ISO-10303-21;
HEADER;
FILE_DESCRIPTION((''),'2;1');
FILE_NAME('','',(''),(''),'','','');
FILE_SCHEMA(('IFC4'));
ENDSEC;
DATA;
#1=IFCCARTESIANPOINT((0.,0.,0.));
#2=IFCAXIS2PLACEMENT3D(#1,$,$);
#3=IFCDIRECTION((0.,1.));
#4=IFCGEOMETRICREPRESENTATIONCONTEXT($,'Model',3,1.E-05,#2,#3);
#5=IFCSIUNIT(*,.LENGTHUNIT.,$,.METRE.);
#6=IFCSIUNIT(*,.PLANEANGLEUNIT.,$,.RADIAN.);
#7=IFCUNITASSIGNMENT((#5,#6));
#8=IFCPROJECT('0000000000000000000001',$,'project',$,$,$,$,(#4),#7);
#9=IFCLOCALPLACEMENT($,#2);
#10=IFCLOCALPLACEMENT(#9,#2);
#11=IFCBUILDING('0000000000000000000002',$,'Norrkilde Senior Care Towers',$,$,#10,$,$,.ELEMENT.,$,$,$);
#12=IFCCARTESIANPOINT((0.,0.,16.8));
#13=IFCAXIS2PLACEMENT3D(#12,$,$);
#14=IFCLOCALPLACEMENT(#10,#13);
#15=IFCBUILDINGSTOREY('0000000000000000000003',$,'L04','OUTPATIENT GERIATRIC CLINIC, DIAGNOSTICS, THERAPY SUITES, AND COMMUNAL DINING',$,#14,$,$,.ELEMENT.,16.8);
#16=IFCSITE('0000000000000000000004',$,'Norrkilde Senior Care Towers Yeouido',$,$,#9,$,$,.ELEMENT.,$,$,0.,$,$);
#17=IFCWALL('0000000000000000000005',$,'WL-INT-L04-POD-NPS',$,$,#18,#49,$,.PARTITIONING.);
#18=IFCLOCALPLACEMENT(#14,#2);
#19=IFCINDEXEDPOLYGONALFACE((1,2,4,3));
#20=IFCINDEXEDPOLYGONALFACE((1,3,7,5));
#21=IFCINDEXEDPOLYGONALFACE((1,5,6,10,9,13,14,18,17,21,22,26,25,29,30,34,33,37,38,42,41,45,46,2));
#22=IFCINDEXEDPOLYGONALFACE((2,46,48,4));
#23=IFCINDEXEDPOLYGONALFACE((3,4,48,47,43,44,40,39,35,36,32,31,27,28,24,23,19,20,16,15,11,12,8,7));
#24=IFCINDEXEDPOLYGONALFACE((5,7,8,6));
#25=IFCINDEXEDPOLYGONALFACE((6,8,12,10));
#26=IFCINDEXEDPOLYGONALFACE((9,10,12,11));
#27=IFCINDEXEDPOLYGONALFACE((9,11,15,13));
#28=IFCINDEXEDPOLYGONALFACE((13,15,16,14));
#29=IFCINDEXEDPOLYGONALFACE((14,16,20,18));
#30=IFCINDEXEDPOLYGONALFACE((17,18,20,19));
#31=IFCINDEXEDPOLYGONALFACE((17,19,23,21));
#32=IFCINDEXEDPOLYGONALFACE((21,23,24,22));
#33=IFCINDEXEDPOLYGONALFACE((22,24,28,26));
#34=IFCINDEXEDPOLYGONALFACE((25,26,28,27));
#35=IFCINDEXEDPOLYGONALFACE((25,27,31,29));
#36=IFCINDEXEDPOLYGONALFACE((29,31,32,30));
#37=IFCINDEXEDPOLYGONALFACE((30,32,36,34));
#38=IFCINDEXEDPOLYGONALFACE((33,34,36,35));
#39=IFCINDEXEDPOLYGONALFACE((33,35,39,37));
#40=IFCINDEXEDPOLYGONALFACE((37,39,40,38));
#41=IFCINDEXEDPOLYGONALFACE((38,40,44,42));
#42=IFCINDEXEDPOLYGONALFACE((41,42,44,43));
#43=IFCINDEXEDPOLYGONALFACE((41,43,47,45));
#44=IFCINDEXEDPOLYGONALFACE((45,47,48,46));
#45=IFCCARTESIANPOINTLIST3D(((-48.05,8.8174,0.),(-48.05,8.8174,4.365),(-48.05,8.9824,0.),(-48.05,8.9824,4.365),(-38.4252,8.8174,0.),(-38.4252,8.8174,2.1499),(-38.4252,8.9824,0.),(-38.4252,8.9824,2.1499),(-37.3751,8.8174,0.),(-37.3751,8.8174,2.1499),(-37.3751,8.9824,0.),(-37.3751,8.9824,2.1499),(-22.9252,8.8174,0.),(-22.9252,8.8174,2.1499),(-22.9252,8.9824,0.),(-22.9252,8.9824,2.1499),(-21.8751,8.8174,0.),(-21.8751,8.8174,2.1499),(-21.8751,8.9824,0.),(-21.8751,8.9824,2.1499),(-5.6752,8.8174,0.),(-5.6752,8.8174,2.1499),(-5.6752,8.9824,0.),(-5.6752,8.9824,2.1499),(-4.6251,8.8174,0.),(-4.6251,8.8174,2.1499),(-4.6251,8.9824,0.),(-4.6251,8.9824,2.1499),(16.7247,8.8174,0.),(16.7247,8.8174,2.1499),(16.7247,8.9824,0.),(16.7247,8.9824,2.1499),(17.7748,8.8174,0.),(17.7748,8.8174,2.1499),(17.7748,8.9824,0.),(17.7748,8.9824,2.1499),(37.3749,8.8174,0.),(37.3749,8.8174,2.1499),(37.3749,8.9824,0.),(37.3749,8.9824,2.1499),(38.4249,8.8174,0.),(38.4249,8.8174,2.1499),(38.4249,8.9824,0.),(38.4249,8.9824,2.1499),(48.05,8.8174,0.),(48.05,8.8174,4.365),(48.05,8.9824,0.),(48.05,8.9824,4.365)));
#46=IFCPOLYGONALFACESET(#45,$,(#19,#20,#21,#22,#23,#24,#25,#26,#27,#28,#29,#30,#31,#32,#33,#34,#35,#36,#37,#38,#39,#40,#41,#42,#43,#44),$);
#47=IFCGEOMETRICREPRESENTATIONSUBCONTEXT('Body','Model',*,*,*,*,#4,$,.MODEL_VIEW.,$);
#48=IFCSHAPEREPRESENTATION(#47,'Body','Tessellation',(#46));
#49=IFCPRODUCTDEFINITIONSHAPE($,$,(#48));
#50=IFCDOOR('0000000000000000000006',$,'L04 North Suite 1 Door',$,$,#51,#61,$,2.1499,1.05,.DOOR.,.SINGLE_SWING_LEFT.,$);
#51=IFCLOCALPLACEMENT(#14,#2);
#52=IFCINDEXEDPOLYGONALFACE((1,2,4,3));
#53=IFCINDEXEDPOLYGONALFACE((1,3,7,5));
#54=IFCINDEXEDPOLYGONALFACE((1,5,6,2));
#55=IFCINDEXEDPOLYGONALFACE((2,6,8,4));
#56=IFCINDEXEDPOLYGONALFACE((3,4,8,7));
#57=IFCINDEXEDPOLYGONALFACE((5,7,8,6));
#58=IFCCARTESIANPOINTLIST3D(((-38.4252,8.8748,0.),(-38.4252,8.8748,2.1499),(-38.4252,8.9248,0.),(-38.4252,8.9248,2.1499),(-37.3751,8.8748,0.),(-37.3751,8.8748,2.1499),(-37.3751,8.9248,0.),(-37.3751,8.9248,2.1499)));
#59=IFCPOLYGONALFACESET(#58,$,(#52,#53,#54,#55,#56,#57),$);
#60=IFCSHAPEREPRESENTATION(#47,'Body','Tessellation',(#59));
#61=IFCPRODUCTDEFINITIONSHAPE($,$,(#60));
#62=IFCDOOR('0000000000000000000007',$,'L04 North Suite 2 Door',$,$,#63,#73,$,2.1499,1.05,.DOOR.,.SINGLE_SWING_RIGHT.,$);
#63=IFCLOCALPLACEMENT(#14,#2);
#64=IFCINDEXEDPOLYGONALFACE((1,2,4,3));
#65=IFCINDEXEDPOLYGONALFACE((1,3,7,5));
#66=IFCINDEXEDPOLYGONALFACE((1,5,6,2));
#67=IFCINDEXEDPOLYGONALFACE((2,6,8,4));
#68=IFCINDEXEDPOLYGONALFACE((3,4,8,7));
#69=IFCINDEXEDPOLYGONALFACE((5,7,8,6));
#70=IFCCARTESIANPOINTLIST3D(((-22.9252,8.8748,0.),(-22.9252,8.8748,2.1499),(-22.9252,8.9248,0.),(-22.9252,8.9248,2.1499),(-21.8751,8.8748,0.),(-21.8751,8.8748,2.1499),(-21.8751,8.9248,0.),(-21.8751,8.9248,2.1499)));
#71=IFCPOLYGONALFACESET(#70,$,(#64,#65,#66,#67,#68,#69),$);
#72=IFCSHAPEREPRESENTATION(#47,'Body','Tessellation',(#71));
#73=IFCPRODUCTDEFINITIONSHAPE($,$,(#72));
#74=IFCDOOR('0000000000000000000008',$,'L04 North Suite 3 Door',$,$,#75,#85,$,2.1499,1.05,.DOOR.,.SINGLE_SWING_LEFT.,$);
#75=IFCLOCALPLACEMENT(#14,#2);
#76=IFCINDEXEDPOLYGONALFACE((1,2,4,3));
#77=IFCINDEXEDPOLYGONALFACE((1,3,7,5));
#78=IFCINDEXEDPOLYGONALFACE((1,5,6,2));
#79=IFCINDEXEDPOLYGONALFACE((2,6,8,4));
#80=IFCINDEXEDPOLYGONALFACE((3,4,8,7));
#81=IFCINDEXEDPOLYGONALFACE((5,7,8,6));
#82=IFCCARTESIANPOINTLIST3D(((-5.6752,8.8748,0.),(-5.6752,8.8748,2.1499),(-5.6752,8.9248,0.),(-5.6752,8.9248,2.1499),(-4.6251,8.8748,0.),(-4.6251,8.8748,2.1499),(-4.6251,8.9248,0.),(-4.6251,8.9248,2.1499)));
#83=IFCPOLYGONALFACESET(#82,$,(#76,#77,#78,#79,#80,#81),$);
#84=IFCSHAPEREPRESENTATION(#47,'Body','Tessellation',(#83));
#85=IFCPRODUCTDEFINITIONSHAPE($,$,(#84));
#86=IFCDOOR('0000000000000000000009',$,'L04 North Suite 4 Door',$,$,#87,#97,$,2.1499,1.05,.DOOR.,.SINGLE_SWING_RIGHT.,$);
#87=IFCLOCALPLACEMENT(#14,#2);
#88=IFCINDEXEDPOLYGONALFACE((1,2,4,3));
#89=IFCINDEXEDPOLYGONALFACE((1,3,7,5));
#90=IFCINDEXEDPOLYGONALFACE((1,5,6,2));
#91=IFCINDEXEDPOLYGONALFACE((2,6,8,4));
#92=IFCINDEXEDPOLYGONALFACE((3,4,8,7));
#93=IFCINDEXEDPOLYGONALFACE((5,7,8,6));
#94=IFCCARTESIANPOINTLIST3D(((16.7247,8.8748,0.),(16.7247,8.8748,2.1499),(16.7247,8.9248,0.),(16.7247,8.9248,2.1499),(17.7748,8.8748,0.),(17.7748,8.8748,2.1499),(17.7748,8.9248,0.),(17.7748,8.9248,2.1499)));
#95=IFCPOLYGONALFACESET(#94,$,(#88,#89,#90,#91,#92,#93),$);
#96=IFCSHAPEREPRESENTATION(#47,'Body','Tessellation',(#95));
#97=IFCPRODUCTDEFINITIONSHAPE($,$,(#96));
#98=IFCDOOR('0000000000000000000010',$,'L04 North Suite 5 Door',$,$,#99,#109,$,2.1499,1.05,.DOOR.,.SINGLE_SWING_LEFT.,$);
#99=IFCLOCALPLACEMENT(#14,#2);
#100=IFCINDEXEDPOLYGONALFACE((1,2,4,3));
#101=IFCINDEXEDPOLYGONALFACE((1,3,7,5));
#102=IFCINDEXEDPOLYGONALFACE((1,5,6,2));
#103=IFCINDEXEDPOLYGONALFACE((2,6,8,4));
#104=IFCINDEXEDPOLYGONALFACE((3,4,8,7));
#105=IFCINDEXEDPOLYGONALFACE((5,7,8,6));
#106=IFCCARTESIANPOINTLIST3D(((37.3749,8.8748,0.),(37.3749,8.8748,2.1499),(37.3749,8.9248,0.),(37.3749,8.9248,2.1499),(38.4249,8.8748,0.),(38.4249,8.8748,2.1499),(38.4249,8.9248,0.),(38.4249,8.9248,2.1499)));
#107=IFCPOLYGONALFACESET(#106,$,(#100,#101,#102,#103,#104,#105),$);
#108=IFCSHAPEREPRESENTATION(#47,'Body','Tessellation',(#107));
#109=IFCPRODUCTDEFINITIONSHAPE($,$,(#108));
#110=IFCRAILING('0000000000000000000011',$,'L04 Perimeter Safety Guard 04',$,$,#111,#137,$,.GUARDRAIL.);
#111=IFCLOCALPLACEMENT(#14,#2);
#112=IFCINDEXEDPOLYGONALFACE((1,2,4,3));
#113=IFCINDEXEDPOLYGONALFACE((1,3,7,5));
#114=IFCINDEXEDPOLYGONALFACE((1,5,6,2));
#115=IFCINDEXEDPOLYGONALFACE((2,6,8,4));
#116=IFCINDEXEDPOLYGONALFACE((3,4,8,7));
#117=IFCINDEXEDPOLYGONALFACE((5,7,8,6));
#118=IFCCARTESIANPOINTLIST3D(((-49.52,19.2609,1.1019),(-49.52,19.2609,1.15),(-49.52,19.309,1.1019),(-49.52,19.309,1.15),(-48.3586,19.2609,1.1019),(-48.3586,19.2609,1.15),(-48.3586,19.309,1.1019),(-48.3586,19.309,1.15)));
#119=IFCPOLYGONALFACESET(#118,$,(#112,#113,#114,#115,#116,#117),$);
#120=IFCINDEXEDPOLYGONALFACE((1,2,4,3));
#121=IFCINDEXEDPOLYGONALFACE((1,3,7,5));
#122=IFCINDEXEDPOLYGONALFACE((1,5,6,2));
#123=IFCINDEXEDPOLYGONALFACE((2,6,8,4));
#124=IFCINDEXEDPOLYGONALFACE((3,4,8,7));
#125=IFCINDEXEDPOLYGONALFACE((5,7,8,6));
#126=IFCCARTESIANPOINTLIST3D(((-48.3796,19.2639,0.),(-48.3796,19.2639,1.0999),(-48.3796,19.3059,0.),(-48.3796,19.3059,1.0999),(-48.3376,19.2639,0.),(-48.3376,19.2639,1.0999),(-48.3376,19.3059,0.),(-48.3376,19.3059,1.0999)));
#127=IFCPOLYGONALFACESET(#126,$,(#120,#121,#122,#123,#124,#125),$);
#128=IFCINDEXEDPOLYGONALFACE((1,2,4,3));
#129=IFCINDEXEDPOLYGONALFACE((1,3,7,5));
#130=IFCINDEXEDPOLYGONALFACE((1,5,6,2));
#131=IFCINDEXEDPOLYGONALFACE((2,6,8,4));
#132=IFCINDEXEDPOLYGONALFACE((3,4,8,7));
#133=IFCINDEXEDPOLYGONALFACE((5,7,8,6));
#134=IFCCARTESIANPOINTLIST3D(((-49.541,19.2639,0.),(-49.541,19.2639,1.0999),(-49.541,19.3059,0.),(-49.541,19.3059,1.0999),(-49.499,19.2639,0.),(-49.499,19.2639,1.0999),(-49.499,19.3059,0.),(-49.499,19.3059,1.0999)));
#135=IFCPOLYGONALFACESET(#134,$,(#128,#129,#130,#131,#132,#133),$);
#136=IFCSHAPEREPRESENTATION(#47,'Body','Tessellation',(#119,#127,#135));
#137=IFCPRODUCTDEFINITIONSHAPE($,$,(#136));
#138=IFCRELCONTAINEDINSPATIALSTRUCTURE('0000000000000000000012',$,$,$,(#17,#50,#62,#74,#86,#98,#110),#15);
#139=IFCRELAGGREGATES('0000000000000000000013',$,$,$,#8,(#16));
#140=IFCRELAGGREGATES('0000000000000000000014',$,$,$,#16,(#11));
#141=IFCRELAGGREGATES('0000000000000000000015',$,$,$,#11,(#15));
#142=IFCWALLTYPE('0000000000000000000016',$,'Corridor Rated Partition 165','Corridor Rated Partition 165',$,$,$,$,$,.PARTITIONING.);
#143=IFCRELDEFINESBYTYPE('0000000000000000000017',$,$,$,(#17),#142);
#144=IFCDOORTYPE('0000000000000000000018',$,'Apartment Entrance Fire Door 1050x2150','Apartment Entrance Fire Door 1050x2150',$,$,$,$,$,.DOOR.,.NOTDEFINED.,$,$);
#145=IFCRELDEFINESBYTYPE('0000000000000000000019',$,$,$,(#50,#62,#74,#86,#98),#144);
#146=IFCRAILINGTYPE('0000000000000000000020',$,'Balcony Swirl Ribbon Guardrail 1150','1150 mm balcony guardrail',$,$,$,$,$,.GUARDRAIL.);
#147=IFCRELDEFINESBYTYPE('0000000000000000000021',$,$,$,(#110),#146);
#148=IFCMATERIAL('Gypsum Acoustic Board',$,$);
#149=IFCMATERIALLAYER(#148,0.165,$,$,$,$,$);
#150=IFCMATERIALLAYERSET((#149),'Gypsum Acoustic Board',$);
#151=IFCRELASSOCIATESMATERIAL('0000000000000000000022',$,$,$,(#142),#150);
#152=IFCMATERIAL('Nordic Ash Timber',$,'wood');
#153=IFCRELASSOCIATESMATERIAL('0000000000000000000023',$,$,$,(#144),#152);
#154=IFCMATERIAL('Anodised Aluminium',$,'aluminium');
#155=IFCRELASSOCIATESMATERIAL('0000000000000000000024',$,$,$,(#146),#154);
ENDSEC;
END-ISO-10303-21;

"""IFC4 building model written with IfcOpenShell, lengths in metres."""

from ifc_helpers import new_model, si_unit, direction, frame, frame_2d, origin, origin_2d, place, context, subcontext, project, spatial, rectangle, extrude, source, transform, mapped, material, layer, layer_set, type_object, type_shapes, element, fill, save


model = new_model("IFC4")

# Units and contexts
model_context = context("Model", 3, precision=1e-05, world=origin(), true_north=direction((0.0, 1.0)))
body_context = subcontext(model_context, "Body", "Model", "MODEL_VIEW")
ifc_project = project(units=[si_unit("LENGTHUNIT", "METRE"), si_unit("PLANEANGLEUNIT", "RADIAN")], contexts=[model_context])

# Site, building, storey
site_placement = place(None, origin())
site = spatial("IfcSite", under=ifc_project, at=site_placement, Name="Norrkilde Senior Care Towers Yeouido", CompositionType="ELEMENT", RefElevation=0.0)
building_placement = place(site_placement, origin())
building = spatial("IfcBuilding", under=site, at=building_placement, Name="Norrkilde Senior Care Towers", CompositionType="ELEMENT")
storey_placement = place(building_placement, frame((0.0, 0.0, 16.8)))
storey = spatial("IfcBuildingStorey", under=building, at=storey_placement, Name="L04", Description="OUTPATIENT GERIATRIC CLINIC, DIAGNOSTICS, THERAPY SUITES, AND COMMUNAL DINING", CompositionType="ELEMENT", Elevation=16.8)

# Shared definitions
ifc_material_1 = material(Name="Anodised Aluminium", Category="aluminium")

# Wall, openings, doors
ifc_material_2 = material(Name="Gypsum Acoustic Board")
ifc_layer_1 = layer(ifc_material_2, 0.165)
ifc_layer_set_1 = layer_set([ifc_layer_1], Name="Gypsum Acoustic Board")
wall_type_1 = type_object("IfcWallType", Name="Corridor Rated Partition 165", Description="Corridor Rated Partition 165", PredefinedType="PARTITIONING", material=ifc_layer_set_1)
shared_shape_1 = source(origin(), body_context, "Body", "SweptSolid", [
    extrude(rectangle(XDim=96.1001, YDim=0.165, at=frame_2d((48.05, 0.0))), origin(), (0.0, 0.0, 1.0), 4.365),
])
type_shapes(wall_type_1, [shared_shape_1])
wall_1_placement = place(storey_placement, frame((-48.05, 8.8999, 0.0), z_axis=(0.0, 0.0, 1.0), x_axis=(1.0, 0.0, 0.0)))
wall_1 = element("IfcWall", 1, at=wall_1_placement, inside=storey, type_object=wall_type_1, Name="WL-INT-L04-POD-NPS", PredefinedType="PARTITIONING", context=body_context, shape_type="MappedRepresentation", body=[
    mapped(shared_shape_1, transform((0.0, 0.0, 0.0), x_axis=(1.0, 0.0, 0.0), y_axis=(0.0, 1.0, 0.0), z_axis=(0.0, 0.0, 1.0), scale=1.0)),
])
opening_1_placement = place(wall_1_placement, frame((9.625, 0.0, 0.0)))
opening_1 = element("IfcOpeningElement", 2, at=opening_1_placement, cuts=wall_1, PredefinedType="OPENING", context=body_context, shape_type="SweptSolid", body=[
    extrude(rectangle(XDim=1.05, YDim=2.1499, at=frame_2d((0.5249, 1.075))), frame((0.0, 0.0925, 0.0), z_axis=(0.0, -1.0, 0.0), x_axis=(1.0, 0.0, 0.0)), (0.0, 0.0, 1.0), 0.1851),
])
opening_2_placement = place(wall_1_placement, frame((25.125, 0.0, 0.0)))
opening_2 = element("IfcOpeningElement", 3, at=opening_2_placement, cuts=wall_1, PredefinedType="OPENING", context=body_context, shape_type="SweptSolid", body=[
    extrude(rectangle(XDim=1.05, YDim=2.1499, at=frame_2d((0.5249, 1.075))), frame((0.0, 0.0925, 0.0), z_axis=(0.0, -1.0, 0.0), x_axis=(1.0, 0.0, 0.0)), (0.0, 0.0, 1.0), 0.1851),
])
opening_3_placement = place(wall_1_placement, frame((42.375, 0.0, 0.0)))
opening_3 = element("IfcOpeningElement", 4, at=opening_3_placement, cuts=wall_1, PredefinedType="OPENING", context=body_context, shape_type="SweptSolid", body=[
    extrude(rectangle(XDim=1.05, YDim=2.1499, at=frame_2d((0.5249, 1.075))), frame((0.0, 0.0925, 0.0), z_axis=(0.0, -1.0, 0.0), x_axis=(1.0, 0.0, 0.0)), (0.0, 0.0, 1.0), 0.1851),
])
opening_4_placement = place(wall_1_placement, frame((64.7749, 0.0, 0.0)))
opening_4 = element("IfcOpeningElement", 5, at=opening_4_placement, cuts=wall_1, PredefinedType="OPENING", context=body_context, shape_type="SweptSolid", body=[
    extrude(rectangle(XDim=1.05, YDim=2.1499, at=frame_2d((0.5249, 1.075))), frame((0.0, 0.0925, 0.0), z_axis=(0.0, -1.0, 0.0), x_axis=(1.0, 0.0, 0.0)), (0.0, 0.0, 1.0), 0.1851),
])
opening_5_placement = place(wall_1_placement, frame((85.425, 0.0, 0.0)))
opening_5 = element("IfcOpeningElement", 6, at=opening_5_placement, cuts=wall_1, PredefinedType="OPENING", context=body_context, shape_type="SweptSolid", body=[
    extrude(rectangle(XDim=1.05, YDim=2.1499, at=frame_2d((0.5249, 1.075))), frame((0.0, 0.0925, 0.0), z_axis=(0.0, -1.0, 0.0), x_axis=(1.0, 0.0, 0.0)), (0.0, 0.0, 1.0), 0.1851),
])
ifc_material_3 = material(Name="Nordic Ash Timber", Category="wood")
door_type_1 = type_object("IfcDoorType", Name="Apartment Entrance Fire Door 1050x2150", Description="Apartment Entrance Fire Door 1050x2150", OperationType="NOTDEFINED", PredefinedType="DOOR", material=ifc_material_3)
shared_shape_2 = source(origin(), body_context, "Body", "SweptSolid", [
    extrude(rectangle(XDim=1.05, YDim=2.1499, at=frame_2d((0.5249, 1.075))), frame((0.0, 0.0249, 0.0), z_axis=(0.0, -1.0, 0.0), x_axis=(1.0, 0.0, 0.0)), (0.0, 0.0, 1.0), 0.05),
])
type_shapes(door_type_1, [shared_shape_2])
door_1_placement = place(opening_1_placement, origin())
door_1 = element("IfcDoor", 7, at=door_1_placement, inside=storey, type_object=door_type_1, Name="L04 North Suite 1 Door", OperationType="SINGLE_SWING_LEFT", OverallHeight=2.1499, OverallWidth=1.05, PredefinedType="DOOR", context=body_context, shape_type="MappedRepresentation", body=[
    mapped(shared_shape_2, transform((0.0, 0.0, 0.0), x_axis=(1.0, 0.0, 0.0), y_axis=(0.0, 1.0, 0.0), z_axis=(0.0, 0.0, 1.0), scale=1.0)),
])
fill(opening_1, door_1)
door_2_placement = place(opening_2_placement, origin())
door_2 = element("IfcDoor", 8, at=door_2_placement, inside=storey, type_object=door_type_1, Name="L04 North Suite 2 Door", OperationType="SINGLE_SWING_RIGHT", OverallHeight=2.1499, OverallWidth=1.05, PredefinedType="DOOR", context=body_context, shape_type="MappedRepresentation", body=[
    mapped(shared_shape_2, transform((0.0, 0.0, 0.0), x_axis=(1.0, 0.0, 0.0), y_axis=(0.0, 1.0, 0.0), z_axis=(0.0, 0.0, 1.0), scale=1.0)),
])
fill(opening_2, door_2)
door_3_placement = place(opening_3_placement, origin())
door_3 = element("IfcDoor", 9, at=door_3_placement, inside=storey, type_object=door_type_1, Name="L04 North Suite 3 Door", OperationType="SINGLE_SWING_LEFT", OverallHeight=2.1499, OverallWidth=1.05, PredefinedType="DOOR", context=body_context, shape_type="MappedRepresentation", body=[
    mapped(shared_shape_2, transform((0.0, 0.0, 0.0), x_axis=(1.0, 0.0, 0.0), y_axis=(0.0, 1.0, 0.0), z_axis=(0.0, 0.0, 1.0), scale=1.0)),
])
fill(opening_3, door_3)
door_4_placement = place(opening_4_placement, origin())
door_4 = element("IfcDoor", 10, at=door_4_placement, inside=storey, type_object=door_type_1, Name="L04 North Suite 4 Door", OperationType="SINGLE_SWING_RIGHT", OverallHeight=2.1499, OverallWidth=1.05, PredefinedType="DOOR", context=body_context, shape_type="MappedRepresentation", body=[
    mapped(shared_shape_2, transform((0.0, 0.0, 0.0), x_axis=(1.0, 0.0, 0.0), y_axis=(0.0, 1.0, 0.0), z_axis=(0.0, 0.0, 1.0), scale=1.0)),
])
fill(opening_4, door_4)
door_5_placement = place(opening_5_placement, origin())
door_5 = element("IfcDoor", 11, at=door_5_placement, inside=storey, type_object=door_type_1, Name="L04 North Suite 5 Door", OperationType="SINGLE_SWING_LEFT", OverallHeight=2.1499, OverallWidth=1.05, PredefinedType="DOOR", context=body_context, shape_type="MappedRepresentation", body=[
    mapped(shared_shape_2, transform((0.0, 0.0, 0.0), x_axis=(1.0, 0.0, 0.0), y_axis=(0.0, 1.0, 0.0), z_axis=(0.0, 0.0, 1.0), scale=1.0)),
])
fill(opening_5, door_5)

# Railing
railing_type = type_object("IfcRailingType", Name="Balcony Swirl Ribbon Guardrail 1150", Description="1150 mm balcony guardrail", PredefinedType="GUARDRAIL", material=ifc_material_1)
railing_1_placement = place(storey_placement, frame((-48.3586, 19.2849, 0.0)))
element("IfcRailing", 12, at=railing_1_placement, inside=storey, type_object=railing_type, Name="L04 Perimeter Safety Guard 04", PredefinedType="GUARDRAIL", context=body_context, shape_type="SweptSolid", body=[
    extrude(rectangle(XDim=0.0481, YDim=0.0481, at=origin_2d()), frame((0.0, 0.0, 1.126), z_axis=(-1.0, 0.0, 0.0), x_axis=(0.0, -1.0, 0.0)), (0.0, 0.0, 1.0), 1.1614),
    extrude(rectangle(XDim=0.042, YDim=0.042, at=origin_2d()), origin(), (0.0, 0.0, 1.0), 1.0999),
    extrude(rectangle(XDim=0.042, YDim=0.042, at=origin_2d()), frame((-1.1614, 0.0, 0.0)), (0.0, 0.0, 1.0), 1.0999),
])

save(model, "model.ifc")
